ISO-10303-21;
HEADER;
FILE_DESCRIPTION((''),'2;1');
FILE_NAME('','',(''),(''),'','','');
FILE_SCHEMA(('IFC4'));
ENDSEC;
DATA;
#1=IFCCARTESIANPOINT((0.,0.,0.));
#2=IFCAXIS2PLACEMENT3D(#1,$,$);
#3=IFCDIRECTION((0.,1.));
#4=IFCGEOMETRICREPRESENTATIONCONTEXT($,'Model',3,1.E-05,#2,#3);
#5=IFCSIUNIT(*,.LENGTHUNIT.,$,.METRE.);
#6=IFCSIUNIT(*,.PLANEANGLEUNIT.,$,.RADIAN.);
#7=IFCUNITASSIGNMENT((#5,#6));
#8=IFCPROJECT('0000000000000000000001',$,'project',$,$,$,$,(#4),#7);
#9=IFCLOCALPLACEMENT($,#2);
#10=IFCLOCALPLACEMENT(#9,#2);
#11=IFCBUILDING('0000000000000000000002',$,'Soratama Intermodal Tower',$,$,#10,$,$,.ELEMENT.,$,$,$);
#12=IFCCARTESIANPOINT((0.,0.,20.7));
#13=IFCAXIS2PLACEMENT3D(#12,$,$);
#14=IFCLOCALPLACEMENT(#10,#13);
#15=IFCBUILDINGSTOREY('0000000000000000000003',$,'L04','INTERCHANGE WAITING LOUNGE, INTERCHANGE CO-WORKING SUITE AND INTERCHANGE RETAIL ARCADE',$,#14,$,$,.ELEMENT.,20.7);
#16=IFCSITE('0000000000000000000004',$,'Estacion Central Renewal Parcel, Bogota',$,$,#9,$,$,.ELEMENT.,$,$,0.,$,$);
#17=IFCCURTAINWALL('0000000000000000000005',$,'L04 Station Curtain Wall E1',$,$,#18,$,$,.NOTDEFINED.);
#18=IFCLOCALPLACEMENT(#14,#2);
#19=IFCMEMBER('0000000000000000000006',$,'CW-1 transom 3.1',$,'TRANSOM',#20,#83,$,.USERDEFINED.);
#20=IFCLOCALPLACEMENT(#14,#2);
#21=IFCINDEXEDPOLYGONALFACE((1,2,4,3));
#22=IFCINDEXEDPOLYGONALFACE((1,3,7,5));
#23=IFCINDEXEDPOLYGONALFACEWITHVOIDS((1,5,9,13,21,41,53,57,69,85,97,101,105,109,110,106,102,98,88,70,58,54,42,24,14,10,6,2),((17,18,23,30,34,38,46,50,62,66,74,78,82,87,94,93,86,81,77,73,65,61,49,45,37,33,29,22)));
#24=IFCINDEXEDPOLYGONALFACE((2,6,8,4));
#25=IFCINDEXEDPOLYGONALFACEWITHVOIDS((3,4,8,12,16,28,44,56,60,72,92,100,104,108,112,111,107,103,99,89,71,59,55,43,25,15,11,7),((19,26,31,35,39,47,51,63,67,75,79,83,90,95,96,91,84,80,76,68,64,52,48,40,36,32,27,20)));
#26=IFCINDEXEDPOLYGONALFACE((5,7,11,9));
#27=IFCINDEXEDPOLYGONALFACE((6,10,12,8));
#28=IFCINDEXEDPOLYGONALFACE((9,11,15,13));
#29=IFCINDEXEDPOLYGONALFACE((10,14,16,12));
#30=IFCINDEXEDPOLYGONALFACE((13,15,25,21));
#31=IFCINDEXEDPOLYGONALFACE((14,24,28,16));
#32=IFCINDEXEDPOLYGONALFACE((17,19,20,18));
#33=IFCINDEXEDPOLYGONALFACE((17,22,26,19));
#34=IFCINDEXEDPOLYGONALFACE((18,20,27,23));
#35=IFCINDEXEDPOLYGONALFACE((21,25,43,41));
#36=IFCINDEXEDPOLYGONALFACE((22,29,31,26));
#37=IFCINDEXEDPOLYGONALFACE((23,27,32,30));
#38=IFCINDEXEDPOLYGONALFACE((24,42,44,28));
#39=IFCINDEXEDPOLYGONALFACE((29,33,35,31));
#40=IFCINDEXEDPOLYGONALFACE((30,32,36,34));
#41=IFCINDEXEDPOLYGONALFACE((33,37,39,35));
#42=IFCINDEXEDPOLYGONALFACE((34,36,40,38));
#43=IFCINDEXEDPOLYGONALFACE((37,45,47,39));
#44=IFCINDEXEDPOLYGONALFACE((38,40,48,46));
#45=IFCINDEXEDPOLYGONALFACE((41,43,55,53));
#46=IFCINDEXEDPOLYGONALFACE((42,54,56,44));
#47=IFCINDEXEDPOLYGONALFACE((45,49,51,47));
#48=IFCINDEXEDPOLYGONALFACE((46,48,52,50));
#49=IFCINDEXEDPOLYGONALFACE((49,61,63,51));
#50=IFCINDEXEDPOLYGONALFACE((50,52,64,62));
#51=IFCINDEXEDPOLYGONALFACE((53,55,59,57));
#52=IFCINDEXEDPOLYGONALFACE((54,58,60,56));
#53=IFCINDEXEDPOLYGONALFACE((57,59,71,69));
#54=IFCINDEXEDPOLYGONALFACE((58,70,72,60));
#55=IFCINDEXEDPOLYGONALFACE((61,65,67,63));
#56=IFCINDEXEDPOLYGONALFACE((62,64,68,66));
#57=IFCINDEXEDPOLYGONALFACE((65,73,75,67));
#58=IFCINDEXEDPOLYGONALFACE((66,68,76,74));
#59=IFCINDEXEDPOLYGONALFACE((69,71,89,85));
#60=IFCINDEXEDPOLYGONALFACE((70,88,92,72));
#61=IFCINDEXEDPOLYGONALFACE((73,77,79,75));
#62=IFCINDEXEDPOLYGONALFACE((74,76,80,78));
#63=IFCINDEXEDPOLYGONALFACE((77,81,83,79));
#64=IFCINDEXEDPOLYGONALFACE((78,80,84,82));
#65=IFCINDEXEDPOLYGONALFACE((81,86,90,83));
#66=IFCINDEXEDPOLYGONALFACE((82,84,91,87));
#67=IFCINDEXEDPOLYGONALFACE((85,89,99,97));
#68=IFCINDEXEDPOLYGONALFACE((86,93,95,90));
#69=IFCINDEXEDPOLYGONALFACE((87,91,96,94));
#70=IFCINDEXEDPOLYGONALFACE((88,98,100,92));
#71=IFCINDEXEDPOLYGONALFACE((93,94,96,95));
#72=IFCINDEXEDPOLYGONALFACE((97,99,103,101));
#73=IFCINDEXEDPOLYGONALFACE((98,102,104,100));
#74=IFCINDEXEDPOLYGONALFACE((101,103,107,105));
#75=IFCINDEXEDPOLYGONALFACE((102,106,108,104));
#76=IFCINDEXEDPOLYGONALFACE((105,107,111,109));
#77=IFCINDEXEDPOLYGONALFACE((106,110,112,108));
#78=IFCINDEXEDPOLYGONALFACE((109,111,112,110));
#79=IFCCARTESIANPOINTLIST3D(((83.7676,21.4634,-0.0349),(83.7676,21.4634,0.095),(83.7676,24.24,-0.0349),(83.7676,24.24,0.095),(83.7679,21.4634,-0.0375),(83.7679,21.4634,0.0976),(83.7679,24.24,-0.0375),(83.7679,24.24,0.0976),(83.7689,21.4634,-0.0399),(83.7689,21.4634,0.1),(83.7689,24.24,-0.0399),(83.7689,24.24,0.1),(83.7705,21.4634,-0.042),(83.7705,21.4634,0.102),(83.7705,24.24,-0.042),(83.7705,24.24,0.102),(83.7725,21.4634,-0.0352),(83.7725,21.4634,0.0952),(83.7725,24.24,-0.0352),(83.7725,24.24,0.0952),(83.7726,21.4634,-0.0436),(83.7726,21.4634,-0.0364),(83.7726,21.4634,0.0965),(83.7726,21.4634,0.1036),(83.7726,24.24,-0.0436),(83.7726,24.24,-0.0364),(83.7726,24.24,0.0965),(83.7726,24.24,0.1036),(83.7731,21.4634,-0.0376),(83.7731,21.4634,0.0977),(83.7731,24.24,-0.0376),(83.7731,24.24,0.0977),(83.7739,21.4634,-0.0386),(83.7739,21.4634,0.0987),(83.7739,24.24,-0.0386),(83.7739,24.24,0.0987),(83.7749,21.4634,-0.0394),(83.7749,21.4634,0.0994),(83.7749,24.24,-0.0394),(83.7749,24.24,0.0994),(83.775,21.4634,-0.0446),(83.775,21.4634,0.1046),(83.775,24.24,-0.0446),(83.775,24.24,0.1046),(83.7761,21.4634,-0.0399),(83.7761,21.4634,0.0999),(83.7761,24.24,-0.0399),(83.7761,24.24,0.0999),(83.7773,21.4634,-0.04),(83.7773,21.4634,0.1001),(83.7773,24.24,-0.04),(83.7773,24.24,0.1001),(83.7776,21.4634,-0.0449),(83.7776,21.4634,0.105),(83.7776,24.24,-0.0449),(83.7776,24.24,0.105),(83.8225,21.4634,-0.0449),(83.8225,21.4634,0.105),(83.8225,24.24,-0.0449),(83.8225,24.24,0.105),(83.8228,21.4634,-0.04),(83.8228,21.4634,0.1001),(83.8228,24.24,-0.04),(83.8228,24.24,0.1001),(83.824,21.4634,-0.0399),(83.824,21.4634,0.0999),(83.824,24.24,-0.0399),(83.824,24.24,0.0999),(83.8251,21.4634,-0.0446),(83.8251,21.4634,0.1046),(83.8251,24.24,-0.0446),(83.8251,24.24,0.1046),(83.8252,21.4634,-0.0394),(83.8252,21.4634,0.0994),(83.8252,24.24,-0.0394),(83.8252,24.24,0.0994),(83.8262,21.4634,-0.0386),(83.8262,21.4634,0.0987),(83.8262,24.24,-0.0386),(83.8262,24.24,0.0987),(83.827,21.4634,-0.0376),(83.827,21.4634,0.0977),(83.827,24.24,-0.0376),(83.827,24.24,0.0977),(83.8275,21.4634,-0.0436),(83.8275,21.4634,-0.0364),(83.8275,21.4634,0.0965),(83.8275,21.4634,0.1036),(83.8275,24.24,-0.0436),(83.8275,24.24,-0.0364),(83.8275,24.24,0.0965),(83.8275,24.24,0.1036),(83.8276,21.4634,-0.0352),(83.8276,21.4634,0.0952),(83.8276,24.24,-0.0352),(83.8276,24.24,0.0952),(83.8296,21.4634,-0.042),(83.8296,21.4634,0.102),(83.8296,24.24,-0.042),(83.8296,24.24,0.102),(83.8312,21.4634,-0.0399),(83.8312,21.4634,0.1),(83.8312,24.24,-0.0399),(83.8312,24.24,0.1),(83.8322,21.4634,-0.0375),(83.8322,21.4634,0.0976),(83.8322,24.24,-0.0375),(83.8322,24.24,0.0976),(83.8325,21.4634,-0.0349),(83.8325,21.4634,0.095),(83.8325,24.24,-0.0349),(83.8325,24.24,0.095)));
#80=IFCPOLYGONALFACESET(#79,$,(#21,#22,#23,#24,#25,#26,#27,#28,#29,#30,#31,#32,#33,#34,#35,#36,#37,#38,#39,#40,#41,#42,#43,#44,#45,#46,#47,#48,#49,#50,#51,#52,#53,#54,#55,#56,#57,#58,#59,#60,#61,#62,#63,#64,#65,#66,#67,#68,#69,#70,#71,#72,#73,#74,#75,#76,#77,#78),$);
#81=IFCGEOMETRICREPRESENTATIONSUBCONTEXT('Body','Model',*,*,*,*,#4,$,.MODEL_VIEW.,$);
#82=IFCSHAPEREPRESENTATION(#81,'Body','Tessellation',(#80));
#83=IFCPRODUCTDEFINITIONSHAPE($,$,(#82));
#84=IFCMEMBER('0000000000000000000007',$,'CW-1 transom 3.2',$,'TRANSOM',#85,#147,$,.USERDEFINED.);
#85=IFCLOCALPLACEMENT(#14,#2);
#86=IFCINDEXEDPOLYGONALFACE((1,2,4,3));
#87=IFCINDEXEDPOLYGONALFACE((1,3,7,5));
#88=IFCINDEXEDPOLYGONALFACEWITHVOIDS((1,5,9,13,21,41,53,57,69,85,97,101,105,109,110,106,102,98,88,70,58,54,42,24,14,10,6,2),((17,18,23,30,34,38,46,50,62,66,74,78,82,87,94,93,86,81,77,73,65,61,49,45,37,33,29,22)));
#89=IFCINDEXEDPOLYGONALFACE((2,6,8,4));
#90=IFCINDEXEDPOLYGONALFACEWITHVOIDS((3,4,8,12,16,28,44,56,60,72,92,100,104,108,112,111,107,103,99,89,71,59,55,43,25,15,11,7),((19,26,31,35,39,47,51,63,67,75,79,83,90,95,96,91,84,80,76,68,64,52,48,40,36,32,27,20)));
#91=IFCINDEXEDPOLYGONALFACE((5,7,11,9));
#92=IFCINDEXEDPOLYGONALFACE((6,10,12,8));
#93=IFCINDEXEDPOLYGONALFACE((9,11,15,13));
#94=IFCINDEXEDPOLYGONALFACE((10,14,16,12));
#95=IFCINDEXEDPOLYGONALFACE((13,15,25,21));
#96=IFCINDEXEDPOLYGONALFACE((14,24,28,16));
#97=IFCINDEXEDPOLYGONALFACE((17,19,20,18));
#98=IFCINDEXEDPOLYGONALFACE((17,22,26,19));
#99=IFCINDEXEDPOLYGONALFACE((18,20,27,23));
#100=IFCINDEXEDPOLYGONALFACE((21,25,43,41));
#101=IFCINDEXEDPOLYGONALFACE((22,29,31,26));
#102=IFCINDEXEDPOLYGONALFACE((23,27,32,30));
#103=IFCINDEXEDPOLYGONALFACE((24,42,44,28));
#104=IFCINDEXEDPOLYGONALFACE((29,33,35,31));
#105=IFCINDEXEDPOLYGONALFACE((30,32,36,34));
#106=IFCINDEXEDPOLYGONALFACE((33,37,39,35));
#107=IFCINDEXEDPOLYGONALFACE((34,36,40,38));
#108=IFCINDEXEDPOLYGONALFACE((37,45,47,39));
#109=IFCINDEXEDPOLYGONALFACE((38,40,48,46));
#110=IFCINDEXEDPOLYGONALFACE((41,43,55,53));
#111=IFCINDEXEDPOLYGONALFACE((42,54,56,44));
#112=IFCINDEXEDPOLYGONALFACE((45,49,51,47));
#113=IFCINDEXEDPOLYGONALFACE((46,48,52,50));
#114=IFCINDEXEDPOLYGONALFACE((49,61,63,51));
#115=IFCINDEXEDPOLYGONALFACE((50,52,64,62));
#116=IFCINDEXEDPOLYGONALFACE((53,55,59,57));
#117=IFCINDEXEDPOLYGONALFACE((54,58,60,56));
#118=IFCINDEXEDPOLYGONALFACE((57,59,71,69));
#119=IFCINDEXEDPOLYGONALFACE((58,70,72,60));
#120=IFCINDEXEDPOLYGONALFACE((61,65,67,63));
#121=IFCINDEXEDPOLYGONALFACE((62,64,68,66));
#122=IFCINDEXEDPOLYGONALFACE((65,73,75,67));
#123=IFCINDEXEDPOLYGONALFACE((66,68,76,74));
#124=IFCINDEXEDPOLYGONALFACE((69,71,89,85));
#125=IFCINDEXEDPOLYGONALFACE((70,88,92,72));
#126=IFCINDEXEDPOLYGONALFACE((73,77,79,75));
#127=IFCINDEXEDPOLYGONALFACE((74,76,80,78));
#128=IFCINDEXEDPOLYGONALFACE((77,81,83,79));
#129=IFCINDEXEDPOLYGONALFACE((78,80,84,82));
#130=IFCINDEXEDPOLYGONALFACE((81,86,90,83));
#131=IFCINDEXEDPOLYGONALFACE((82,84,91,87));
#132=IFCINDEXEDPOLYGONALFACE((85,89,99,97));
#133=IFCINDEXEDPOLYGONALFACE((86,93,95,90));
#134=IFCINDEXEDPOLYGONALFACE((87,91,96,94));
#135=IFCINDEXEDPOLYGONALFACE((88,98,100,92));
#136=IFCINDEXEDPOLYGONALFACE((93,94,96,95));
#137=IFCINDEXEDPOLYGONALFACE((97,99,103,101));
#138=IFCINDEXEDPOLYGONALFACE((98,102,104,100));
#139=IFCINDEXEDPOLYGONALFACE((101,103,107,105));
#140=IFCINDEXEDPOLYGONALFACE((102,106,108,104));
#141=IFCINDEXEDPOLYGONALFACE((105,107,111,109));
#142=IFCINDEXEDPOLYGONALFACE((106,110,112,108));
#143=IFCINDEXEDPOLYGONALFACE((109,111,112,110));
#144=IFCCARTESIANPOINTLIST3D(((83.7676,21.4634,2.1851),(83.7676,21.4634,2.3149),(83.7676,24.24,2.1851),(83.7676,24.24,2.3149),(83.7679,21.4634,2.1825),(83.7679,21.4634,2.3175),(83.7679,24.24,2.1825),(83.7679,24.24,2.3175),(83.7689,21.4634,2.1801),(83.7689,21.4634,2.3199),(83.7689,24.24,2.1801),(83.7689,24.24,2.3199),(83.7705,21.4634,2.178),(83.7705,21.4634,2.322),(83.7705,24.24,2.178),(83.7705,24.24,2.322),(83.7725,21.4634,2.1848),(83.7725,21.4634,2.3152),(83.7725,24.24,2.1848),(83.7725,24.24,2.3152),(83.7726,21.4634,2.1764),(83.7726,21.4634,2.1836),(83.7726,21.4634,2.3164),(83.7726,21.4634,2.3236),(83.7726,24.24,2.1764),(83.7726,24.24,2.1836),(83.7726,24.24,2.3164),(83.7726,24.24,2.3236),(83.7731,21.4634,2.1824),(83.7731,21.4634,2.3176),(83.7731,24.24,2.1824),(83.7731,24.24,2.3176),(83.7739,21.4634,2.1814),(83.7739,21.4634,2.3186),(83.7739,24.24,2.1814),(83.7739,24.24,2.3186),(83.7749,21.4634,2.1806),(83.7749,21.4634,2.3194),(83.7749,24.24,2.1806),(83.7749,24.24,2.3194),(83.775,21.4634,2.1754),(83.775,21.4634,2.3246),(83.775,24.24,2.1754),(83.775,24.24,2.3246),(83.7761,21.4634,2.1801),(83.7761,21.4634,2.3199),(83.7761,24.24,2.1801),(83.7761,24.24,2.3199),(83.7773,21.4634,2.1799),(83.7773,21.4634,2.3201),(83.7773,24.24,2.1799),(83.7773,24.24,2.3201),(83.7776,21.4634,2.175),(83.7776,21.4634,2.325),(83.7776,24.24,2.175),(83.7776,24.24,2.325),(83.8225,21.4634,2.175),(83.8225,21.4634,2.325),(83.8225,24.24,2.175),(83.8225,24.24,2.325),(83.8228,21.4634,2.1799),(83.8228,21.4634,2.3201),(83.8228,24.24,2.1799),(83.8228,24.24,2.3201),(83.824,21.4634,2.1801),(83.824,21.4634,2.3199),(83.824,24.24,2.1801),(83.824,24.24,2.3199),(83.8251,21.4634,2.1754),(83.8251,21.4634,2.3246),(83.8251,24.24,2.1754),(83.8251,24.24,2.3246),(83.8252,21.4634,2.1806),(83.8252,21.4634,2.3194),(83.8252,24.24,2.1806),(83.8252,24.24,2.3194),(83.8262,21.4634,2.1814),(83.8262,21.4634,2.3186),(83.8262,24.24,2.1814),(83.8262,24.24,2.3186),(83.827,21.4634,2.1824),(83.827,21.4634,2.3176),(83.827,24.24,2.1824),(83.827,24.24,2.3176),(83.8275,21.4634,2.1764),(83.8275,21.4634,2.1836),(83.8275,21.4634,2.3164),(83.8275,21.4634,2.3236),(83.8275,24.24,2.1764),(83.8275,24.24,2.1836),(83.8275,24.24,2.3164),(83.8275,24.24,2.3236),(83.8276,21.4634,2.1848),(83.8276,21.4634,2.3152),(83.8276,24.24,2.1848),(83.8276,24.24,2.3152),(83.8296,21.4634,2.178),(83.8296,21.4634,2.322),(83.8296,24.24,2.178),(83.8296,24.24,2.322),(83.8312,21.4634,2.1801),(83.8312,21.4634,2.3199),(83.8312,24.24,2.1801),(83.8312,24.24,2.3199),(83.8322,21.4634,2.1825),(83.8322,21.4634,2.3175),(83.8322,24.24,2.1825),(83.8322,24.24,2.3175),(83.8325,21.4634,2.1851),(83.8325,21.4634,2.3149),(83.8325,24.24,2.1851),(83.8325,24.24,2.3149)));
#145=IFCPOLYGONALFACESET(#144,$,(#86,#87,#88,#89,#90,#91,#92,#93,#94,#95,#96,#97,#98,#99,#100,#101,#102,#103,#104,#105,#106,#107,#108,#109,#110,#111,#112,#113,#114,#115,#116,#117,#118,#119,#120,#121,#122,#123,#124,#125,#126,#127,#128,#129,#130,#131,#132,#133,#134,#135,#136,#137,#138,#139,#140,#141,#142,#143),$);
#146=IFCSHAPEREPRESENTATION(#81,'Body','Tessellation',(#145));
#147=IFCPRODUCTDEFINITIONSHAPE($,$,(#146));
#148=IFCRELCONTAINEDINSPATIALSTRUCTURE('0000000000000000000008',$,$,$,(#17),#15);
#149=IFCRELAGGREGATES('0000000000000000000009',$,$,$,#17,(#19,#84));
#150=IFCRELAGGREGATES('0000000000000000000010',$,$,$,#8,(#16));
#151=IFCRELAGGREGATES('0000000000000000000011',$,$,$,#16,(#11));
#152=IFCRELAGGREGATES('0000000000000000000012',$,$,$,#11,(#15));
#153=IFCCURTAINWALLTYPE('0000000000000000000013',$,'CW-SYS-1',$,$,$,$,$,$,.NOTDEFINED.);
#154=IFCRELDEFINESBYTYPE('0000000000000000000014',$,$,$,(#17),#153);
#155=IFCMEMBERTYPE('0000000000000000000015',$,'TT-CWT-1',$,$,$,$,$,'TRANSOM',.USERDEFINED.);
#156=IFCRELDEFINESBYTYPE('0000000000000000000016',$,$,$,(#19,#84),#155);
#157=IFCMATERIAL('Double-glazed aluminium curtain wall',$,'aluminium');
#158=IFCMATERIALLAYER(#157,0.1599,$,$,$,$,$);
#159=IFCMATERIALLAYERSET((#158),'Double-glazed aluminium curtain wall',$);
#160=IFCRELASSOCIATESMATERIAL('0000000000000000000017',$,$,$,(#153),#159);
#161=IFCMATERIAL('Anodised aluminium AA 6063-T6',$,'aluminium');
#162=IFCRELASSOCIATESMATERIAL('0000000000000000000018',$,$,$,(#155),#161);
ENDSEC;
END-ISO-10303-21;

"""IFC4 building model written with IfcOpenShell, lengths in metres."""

from ifc_helpers import new_model, si_unit, direction, frame, origin, origin_2d, place, context, subcontext, project, spatial, hollow_rectangle, extrude, material, layer, layer_set, material_profile, profile_set, type_object, element, aggregate, save


model = new_model("IFC4")

# Units and contexts
model_context = context("Model", 3, precision=1e-05, world=origin(), true_north=direction((0.0, 1.0)))
body_context = subcontext(model_context, "Body", "Model", "MODEL_VIEW")
ifc_project = project(units=[si_unit("LENGTHUNIT", "METRE"), si_unit("PLANEANGLEUNIT", "RADIAN")], contexts=[model_context])

# Site, building, storey
site_placement = place(None, origin())
site = spatial("IfcSite", under=ifc_project, at=site_placement, Name="Estacion Central Renewal Parcel, Bogota", CompositionType="ELEMENT", RefElevation=0.0)
building_placement = place(site_placement, origin())
building = spatial("IfcBuilding", under=site, at=building_placement, Name="Soratama Intermodal Tower", CompositionType="ELEMENT")
storey_placement = place(building_placement, frame((0.0, 0.0, 20.7)))
storey = spatial("IfcBuildingStorey", under=building, at=storey_placement, Name="L04", Description="INTERCHANGE WAITING LOUNGE, INTERCHANGE CO-WORKING SUITE AND INTERCHANGE RETAIL ARCADE", CompositionType="ELEMENT", Elevation=20.7)

# Curtain wall
ifc_material_1 = material(Name="Double-glazed aluminium curtain wall", Category="aluminium")
ifc_layer_1 = layer(ifc_material_1, 0.1599)
ifc_layer_set_1 = layer_set([ifc_layer_1], Name="Double-glazed aluminium curtain wall")
curtain_wall_type = type_object("IfcCurtainWallType", Name="CW-SYS-1", PredefinedType="NOTDEFINED", material=ifc_layer_set_1)
curtain_wall_1_placement = place(storey_placement, origin())
curtain_wall_1 = element("IfcCurtainWall", 1, at=curtain_wall_1_placement, inside=storey, type_object=curtain_wall_type, Name="L04 Station Curtain Wall E1", PredefinedType="NOTDEFINED")

# Members
ifc_material_2 = material(Name="Anodised aluminium AA 6063-T6", Category="aluminium")
ifc_material_profile_1 = material_profile(ifc_material_2, hollow_rectangle(XDim=0.0649, YDim=0.1499, WallThickness=0.0049, InnerFilletRadius=0.0049, OuterFilletRadius=0.01, at=origin_2d()), Name="CWT150X65X5")
ifc_profile_set_1 = profile_set([ifc_material_profile_1], Name="Anodised aluminium AA 6063-T6")
member_type_1 = type_object("IfcMemberType", Name="TT-CWT-1", ElementType="TRANSOM", PredefinedType="USERDEFINED", material=ifc_profile_set_1)
member_1_placement = place(storey_placement, frame((83.8, 21.4634, 0.03), z_axis=(0.0, 1.0, 0.0), x_axis=(-1.0, 0.0, 0.0)))
member_1 = element("IfcMember", 2, at=member_1_placement, type_object=member_type_1, Name="CW-1 transom 3.1", ObjectType="TRANSOM", PredefinedType="USERDEFINED", context=body_context, shape_type="SweptSolid", body=[
    extrude(hollow_rectangle(XDim=0.0649, YDim=0.1499, WallThickness=0.0049, InnerFilletRadius=0.0049, OuterFilletRadius=0.01, at=origin_2d()), origin(), (0.0, 0.0, 1.0), 2.7766),
])
member_2_placement = place(storey_placement, frame((83.8, 21.4634, 2.25), z_axis=(0.0, 1.0, 0.0), x_axis=(-1.0, 0.0, 0.0)))
member_2 = element("IfcMember", 3, at=member_2_placement, type_object=member_type_1, Name="CW-1 transom 3.2", ObjectType="TRANSOM", PredefinedType="USERDEFINED", context=body_context, shape_type="SweptSolid", body=[
    extrude(hollow_rectangle(XDim=0.0649, YDim=0.1499, WallThickness=0.0049, InnerFilletRadius=0.0049, OuterFilletRadius=0.01, at=origin_2d()), origin(), (0.0, 0.0, 1.0), 2.7766),
])

aggregate(curtain_wall_1, [member_1, member_2])

save(model, "model.ifc")
